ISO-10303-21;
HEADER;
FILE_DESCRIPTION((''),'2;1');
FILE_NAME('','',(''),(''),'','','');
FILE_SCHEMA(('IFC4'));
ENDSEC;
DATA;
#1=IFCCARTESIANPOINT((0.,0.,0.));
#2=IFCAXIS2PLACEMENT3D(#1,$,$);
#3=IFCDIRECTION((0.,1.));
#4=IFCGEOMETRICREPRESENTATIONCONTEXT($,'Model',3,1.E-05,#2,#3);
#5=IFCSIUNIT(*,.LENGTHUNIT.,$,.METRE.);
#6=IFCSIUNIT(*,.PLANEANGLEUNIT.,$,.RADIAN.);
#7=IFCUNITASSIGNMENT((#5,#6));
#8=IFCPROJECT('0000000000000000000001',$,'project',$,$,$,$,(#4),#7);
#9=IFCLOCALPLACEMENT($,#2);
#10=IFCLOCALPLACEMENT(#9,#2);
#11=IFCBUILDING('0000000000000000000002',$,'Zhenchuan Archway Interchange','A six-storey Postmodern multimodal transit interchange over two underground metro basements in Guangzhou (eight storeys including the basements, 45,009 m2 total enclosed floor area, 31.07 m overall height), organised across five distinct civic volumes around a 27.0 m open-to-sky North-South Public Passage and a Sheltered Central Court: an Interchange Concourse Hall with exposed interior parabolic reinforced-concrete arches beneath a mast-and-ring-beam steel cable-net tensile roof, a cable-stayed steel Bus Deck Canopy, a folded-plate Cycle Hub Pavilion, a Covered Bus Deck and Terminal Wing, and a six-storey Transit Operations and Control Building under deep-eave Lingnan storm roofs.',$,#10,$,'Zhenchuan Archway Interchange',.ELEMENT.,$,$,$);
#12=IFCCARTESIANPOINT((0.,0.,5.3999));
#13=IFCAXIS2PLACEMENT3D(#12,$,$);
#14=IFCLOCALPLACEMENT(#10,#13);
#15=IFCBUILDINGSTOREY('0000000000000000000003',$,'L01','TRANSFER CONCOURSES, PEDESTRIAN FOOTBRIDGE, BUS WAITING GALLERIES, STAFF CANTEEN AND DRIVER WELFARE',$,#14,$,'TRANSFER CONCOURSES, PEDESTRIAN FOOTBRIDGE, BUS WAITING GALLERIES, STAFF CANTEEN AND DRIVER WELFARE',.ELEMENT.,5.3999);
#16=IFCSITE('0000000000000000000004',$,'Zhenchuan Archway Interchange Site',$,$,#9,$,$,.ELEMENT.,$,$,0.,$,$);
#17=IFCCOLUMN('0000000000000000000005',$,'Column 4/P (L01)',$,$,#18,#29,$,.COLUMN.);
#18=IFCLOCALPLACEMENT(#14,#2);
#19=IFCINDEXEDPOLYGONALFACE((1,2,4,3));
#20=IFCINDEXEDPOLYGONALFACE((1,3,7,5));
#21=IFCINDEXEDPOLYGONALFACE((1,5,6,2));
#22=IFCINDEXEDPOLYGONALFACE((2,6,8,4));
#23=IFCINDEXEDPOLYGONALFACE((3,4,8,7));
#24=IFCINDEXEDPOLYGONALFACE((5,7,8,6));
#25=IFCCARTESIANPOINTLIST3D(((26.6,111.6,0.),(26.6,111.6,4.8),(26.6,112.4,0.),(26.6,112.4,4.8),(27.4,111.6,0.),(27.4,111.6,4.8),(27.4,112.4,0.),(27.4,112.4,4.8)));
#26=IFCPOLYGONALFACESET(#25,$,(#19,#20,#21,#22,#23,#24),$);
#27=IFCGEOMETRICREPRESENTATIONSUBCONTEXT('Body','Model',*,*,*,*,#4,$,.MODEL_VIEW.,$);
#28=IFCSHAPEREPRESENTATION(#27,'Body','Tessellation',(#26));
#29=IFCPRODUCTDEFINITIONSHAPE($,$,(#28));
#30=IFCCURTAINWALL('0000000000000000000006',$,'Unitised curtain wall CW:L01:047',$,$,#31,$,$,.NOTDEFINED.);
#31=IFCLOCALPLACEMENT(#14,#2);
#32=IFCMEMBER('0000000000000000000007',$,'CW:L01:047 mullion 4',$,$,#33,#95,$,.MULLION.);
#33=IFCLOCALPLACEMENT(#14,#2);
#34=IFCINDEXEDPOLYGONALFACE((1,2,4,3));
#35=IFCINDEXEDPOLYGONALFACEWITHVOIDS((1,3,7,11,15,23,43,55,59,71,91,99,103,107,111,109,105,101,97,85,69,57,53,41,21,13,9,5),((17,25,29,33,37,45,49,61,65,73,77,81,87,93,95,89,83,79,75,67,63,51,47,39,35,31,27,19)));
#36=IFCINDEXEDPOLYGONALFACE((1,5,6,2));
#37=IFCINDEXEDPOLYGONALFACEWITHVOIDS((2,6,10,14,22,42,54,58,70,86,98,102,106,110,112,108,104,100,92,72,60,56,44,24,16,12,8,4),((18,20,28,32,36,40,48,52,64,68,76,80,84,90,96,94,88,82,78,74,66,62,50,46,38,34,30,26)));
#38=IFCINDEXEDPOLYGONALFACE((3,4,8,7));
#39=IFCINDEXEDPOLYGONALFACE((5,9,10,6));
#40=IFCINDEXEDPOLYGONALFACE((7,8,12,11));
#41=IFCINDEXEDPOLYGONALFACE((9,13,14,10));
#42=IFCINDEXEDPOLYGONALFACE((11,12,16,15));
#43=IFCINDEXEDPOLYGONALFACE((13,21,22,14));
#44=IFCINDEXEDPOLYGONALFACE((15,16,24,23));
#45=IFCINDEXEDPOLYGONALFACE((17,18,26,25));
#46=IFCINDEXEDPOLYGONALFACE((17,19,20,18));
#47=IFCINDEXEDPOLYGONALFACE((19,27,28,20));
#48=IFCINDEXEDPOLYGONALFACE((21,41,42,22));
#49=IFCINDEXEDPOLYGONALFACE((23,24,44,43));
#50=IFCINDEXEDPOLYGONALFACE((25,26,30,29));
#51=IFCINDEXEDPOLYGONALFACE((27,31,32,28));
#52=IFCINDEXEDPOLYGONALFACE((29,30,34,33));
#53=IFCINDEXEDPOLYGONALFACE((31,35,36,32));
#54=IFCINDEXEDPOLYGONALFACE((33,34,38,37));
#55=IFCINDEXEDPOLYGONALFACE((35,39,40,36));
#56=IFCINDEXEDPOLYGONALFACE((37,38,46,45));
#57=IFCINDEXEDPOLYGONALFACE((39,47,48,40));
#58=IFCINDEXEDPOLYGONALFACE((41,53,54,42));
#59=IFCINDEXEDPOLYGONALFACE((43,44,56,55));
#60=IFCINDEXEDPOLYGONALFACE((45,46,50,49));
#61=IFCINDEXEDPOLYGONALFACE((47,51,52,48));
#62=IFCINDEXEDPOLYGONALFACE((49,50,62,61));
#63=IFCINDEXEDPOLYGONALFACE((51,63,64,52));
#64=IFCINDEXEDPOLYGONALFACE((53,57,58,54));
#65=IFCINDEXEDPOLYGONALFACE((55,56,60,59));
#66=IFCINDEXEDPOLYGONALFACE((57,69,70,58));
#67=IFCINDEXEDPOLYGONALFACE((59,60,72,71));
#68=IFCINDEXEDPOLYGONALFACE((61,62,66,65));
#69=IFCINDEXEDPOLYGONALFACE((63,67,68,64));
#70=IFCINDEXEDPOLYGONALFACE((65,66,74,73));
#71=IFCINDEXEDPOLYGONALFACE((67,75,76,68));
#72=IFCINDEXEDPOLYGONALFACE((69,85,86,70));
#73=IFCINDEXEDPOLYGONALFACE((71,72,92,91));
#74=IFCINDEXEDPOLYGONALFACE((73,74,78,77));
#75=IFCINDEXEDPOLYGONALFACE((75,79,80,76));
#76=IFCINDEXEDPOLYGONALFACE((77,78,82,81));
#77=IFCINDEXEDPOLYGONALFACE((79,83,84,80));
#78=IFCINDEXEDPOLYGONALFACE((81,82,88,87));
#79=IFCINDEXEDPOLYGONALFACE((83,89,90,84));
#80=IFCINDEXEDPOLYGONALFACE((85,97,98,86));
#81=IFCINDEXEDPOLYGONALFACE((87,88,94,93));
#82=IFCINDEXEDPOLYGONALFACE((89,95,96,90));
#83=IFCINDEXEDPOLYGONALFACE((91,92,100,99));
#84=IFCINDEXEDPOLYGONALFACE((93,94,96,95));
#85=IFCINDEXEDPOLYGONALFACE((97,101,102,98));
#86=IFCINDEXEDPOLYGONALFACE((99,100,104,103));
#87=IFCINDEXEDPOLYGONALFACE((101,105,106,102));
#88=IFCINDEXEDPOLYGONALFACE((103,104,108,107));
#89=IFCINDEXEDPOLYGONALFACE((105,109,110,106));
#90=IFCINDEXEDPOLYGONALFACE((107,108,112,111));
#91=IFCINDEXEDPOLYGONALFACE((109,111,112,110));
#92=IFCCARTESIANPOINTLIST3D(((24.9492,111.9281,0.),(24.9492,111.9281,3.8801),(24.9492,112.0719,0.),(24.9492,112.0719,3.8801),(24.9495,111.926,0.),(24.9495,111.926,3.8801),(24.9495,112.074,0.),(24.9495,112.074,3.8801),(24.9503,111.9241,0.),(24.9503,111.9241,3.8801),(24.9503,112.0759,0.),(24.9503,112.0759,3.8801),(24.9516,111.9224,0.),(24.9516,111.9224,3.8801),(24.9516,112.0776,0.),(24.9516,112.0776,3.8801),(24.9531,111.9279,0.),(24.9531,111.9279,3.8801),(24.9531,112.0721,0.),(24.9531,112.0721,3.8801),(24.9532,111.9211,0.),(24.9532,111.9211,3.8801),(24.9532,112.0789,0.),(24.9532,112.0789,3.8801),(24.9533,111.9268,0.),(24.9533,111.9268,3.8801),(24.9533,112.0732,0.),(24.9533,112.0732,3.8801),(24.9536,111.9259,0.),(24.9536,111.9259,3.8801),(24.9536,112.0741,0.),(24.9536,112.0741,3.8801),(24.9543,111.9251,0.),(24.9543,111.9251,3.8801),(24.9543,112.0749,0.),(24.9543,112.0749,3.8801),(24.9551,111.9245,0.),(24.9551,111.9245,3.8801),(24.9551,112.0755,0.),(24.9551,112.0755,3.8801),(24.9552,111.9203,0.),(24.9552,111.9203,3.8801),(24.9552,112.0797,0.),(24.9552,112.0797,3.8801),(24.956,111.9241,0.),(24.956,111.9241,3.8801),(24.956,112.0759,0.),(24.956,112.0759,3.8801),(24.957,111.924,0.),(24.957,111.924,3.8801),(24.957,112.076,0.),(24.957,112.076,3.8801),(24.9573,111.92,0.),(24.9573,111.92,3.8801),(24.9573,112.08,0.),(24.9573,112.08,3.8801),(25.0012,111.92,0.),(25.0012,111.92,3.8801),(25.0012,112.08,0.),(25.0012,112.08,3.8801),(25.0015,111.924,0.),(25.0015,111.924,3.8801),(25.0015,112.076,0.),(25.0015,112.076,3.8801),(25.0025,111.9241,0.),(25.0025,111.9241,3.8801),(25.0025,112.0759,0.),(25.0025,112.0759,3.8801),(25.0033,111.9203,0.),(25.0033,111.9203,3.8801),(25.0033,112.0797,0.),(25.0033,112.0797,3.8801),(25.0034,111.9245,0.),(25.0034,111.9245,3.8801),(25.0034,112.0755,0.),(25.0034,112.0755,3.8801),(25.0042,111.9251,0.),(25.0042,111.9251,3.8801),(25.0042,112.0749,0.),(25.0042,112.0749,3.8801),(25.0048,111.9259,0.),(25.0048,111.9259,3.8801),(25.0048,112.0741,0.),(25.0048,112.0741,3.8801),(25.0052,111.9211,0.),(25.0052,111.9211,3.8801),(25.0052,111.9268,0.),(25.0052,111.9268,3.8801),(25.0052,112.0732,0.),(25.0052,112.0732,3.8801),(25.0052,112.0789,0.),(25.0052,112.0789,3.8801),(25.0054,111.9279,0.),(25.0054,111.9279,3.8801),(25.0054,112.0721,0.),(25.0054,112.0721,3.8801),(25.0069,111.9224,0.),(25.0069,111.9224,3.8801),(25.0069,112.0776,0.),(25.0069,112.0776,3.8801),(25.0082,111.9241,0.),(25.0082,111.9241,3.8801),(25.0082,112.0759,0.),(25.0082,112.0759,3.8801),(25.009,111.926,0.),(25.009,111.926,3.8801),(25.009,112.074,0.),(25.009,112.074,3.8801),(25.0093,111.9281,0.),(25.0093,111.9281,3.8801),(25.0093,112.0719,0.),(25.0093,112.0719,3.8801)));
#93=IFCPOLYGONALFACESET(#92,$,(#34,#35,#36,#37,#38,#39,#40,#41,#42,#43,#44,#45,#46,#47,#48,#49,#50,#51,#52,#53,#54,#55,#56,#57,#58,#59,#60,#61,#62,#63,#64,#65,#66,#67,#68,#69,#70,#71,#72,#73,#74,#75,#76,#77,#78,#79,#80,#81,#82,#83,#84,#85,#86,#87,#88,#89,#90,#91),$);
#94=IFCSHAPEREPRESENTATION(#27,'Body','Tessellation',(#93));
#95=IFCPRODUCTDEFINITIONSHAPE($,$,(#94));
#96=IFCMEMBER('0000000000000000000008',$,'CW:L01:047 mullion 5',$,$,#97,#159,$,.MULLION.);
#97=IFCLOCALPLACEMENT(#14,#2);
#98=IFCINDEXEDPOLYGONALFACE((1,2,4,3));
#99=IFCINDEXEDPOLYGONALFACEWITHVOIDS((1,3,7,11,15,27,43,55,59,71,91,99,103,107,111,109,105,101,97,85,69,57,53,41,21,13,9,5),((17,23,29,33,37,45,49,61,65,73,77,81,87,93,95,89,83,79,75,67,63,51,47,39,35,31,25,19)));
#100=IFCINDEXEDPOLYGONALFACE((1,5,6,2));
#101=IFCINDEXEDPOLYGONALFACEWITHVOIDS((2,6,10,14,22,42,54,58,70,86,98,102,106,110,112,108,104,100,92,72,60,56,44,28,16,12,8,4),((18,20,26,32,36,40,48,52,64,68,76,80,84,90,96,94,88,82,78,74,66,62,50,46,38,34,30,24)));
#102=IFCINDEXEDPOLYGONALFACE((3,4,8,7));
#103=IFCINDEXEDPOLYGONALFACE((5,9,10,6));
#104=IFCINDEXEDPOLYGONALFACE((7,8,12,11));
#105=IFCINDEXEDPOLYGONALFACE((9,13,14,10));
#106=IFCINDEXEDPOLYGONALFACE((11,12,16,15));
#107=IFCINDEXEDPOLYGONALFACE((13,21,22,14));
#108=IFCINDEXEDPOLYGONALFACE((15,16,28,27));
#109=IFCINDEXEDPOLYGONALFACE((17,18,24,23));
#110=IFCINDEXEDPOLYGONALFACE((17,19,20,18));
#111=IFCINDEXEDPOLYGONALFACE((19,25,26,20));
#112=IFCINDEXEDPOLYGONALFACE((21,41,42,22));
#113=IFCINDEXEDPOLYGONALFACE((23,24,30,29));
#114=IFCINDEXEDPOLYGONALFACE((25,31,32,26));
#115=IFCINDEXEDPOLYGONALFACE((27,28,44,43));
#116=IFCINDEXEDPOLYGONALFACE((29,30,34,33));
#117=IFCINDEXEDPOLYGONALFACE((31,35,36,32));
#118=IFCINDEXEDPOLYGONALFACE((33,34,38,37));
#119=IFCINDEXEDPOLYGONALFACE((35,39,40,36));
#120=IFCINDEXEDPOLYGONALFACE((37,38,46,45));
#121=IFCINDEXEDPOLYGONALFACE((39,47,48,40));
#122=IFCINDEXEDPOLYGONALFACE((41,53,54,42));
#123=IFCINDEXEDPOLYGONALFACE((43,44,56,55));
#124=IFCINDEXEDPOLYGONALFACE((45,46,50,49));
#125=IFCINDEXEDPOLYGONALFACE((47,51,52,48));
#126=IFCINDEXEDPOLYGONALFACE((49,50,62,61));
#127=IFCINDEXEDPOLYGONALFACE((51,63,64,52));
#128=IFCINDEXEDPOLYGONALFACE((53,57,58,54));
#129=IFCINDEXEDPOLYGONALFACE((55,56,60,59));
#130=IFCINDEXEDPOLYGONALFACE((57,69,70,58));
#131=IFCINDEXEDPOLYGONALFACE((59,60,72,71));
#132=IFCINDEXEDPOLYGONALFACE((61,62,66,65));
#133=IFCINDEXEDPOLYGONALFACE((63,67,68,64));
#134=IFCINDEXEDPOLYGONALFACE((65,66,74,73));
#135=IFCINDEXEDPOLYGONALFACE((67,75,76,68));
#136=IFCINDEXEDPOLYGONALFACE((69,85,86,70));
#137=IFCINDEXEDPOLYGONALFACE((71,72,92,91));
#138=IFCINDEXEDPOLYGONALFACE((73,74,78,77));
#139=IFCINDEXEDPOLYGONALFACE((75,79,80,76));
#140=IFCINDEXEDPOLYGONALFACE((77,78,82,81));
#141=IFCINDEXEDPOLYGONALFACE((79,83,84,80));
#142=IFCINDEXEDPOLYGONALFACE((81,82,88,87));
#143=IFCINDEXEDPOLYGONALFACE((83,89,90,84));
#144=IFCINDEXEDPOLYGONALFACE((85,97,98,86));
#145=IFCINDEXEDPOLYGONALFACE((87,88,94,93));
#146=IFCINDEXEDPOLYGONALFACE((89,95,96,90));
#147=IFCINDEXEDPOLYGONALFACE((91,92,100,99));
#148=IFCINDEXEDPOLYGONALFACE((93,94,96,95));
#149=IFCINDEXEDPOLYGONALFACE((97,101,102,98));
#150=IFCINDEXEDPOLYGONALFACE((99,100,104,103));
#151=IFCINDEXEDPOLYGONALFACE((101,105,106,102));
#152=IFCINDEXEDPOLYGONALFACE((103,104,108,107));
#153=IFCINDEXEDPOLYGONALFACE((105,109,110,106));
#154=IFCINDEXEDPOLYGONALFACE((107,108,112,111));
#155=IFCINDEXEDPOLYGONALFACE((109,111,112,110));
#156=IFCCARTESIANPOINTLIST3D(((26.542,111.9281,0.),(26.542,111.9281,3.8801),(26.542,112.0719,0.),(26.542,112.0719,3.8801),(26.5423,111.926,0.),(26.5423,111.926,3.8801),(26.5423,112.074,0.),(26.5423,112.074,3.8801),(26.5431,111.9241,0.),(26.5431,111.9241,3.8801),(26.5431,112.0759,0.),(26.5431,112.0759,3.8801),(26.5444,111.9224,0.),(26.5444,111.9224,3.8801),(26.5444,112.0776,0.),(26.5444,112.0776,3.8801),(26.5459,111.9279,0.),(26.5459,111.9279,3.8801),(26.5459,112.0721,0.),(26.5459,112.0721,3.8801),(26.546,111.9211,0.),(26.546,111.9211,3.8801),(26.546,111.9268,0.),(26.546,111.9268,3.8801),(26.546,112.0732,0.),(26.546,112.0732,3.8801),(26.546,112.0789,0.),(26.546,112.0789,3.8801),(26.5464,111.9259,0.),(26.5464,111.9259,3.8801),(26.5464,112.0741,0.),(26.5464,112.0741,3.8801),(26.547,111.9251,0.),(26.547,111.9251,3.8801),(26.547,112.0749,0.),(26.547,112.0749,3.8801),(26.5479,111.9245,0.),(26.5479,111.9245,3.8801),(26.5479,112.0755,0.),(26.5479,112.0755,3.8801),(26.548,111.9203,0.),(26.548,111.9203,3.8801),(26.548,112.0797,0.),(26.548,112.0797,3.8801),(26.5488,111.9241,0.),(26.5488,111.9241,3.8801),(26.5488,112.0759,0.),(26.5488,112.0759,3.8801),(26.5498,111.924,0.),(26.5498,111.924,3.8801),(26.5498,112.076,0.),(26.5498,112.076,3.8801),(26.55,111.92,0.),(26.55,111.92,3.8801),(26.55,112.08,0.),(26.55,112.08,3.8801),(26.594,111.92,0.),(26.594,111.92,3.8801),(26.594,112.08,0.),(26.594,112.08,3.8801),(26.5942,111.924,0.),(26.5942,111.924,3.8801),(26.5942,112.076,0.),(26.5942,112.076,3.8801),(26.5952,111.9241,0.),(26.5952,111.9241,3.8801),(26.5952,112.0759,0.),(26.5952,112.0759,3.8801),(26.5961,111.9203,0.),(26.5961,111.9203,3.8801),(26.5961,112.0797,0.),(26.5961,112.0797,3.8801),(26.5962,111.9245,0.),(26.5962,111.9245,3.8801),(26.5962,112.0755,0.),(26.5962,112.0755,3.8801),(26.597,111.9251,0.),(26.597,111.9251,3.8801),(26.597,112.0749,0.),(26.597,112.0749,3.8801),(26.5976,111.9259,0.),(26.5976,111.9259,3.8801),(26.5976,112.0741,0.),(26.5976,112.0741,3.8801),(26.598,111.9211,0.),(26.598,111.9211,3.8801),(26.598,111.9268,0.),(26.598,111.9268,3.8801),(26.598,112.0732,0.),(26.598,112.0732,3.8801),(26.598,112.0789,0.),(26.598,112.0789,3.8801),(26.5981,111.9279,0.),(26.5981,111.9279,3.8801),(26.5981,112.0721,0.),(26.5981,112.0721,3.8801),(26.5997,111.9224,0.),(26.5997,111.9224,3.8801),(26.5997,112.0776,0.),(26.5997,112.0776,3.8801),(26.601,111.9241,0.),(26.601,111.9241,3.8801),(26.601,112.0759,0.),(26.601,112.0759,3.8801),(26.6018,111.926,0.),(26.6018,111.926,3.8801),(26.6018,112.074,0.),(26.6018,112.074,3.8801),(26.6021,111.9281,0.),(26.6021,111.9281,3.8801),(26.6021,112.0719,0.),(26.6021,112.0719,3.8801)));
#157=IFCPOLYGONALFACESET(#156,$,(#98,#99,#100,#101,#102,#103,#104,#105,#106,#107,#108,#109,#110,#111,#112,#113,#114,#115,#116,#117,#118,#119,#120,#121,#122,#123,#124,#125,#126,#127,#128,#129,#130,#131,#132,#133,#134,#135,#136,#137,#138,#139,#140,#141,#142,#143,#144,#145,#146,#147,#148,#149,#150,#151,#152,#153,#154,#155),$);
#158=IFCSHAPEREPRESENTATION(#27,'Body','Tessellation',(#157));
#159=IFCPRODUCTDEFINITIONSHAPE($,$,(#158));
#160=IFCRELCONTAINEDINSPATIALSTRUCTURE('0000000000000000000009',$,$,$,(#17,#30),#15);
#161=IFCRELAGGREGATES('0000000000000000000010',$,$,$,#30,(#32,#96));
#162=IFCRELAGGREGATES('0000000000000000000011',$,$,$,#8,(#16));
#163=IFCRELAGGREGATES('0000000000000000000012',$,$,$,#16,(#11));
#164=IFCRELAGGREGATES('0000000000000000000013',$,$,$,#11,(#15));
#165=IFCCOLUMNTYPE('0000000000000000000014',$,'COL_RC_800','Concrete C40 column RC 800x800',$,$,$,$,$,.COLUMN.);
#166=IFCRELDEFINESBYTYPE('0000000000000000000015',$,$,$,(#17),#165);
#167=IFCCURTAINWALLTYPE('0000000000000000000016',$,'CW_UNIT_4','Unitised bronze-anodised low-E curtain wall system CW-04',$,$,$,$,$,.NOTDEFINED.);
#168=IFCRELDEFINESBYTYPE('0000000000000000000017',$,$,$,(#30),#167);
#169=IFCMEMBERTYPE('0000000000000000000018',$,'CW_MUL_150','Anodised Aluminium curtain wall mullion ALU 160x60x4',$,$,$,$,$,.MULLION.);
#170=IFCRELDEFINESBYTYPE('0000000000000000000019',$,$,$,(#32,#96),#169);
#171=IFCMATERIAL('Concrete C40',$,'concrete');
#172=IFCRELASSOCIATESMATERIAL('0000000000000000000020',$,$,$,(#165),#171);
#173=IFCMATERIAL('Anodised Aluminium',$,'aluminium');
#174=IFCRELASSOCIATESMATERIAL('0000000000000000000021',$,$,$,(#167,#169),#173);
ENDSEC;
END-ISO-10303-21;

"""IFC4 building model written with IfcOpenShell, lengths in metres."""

from ifc_helpers import new_model, si_unit, direction, frame, origin, origin_2d, place, context, subcontext, project, spatial, rectangle, hollow_rectangle, extrude, material, material_profile, profile_set, type_object, element, aggregate, save


model = new_model("IFC4")

# Units and contexts
model_context = context("Model", 3, precision=1e-05, world=origin(), true_north=direction((0.0, 1.0)))
body_context = subcontext(model_context, "Body", "Model", "MODEL_VIEW")
ifc_project = project(units=[si_unit("LENGTHUNIT", "METRE"), si_unit("PLANEANGLEUNIT", "RADIAN")], contexts=[model_context])

# Site, building, storey
site_placement = place(None, origin())
site = spatial("IfcSite", under=ifc_project, at=site_placement, Name="Zhenchuan Archway Interchange Site", CompositionType="ELEMENT", RefElevation=0.0)
building_placement = place(site_placement, origin())
building = spatial("IfcBuilding", under=site, at=building_placement, Name="Zhenchuan Archway Interchange", Description="A six-storey Postmodern multimodal transit interchange over two underground metro basements in Guangzhou (eight storeys including the basements, 45,009 m2 total enclosed floor area, 31.07 m overall height), organised across five distinct civic volumes around a 27.0 m open-to-sky North-South Public Passage and a Sheltered Central Court: an Interchange Concourse Hall with exposed interior parabolic reinforced-concrete arches beneath a mast-and-ring-beam steel cable-net tensile roof, a cable-stayed steel Bus Deck Canopy, a folded-plate Cycle Hub Pavilion, a Covered Bus Deck and Terminal Wing, and a six-storey Transit Operations and Control Building under deep-eave Lingnan storm roofs.", LongName="Zhenchuan Archway Interchange", CompositionType="ELEMENT")
storey_placement = place(building_placement, frame((0.0, 0.0, 5.3999)))
storey = spatial("IfcBuildingStorey", under=building, at=storey_placement, Name="L01", Description="TRANSFER CONCOURSES, PEDESTRIAN FOOTBRIDGE, BUS WAITING GALLERIES, STAFF CANTEEN AND DRIVER WELFARE", LongName="TRANSFER CONCOURSES, PEDESTRIAN FOOTBRIDGE, BUS WAITING GALLERIES, STAFF CANTEEN AND DRIVER WELFARE", CompositionType="ELEMENT", Elevation=5.3999)

# Column
ifc_material_1 = material(Name="Concrete C40", Category="concrete")
ifc_material_profile_1 = material_profile(ifc_material_1, rectangle(XDim=0.8, YDim=0.8, at=origin_2d()), Name="RC 800x800")
ifc_profile_set_1 = profile_set([ifc_material_profile_1], Name="Concrete C40")
column_type = type_object("IfcColumnType", Name="COL_RC_800", Description="Concrete C40 column RC 800x800", PredefinedType="COLUMN", material=ifc_profile_set_1)
column_placement = place(storey_placement, frame((27.0, 112.0, 0.0), z_axis=(0.0, 0.0, 1.0), x_axis=(1.0, 0.0, 0.0)))
element("IfcColumn", 1, at=column_placement, inside=storey, type_object=column_type, Name="Column 4/P (L01)", PredefinedType="COLUMN", context=body_context, shape_type="SweptSolid", body=[
    extrude(rectangle(XDim=0.8, YDim=0.8, at=origin_2d()), origin(), (0.0, 0.0, 1.0), 4.8),
])

# Curtain wall, members
ifc_material_2 = material(Name="Anodised Aluminium", Category="aluminium")
curtain_wall_type_1 = type_object("IfcCurtainWallType", Name="CW_UNIT_4", Description="Unitised bronze-anodised low-E curtain wall system CW-04", PredefinedType="NOTDEFINED", material=ifc_material_2)
curtain_wall_1_placement = place(storey_placement, origin())
curtain_wall_1 = element("IfcCurtainWall", 2, at=curtain_wall_1_placement, inside=storey, type_object=curtain_wall_type_1, Name="Unitised curtain wall CW:L01:047", PredefinedType="NOTDEFINED")
ifc_material_profile_2 = material_profile(ifc_material_2, hollow_rectangle(XDim=0.0601, YDim=0.1599, WallThickness=0.0039, InnerFilletRadius=0.0039, OuterFilletRadius=0.0081, at=origin_2d()), Name="ALU 160x60x4")
ifc_profile_set_2 = profile_set([ifc_material_profile_2], Name="Anodised Aluminium")
member_type_1 = type_object("IfcMemberType", Name="CW_MUL_150", Description="Anodised Aluminium curtain wall mullion ALU 160x60x4", PredefinedType="MULLION", material=ifc_profile_set_2)
member_1_placement = place(storey_placement, frame((24.9792, 112.0, 0.0), z_axis=(0.0, 0.0, 1.0), x_axis=(1.0, 0.0, 0.0)))
member_1 = element("IfcMember", 3, at=member_1_placement, type_object=member_type_1, Name="CW:L01:047 mullion 4", PredefinedType="MULLION", context=body_context, shape_type="SweptSolid", body=[
    extrude(hollow_rectangle(XDim=0.0601, YDim=0.1599, WallThickness=0.0039, InnerFilletRadius=0.0039, OuterFilletRadius=0.0081, at=origin_2d()), origin(), (0.0, 0.0, 1.0), 3.8801),
])
member_2_placement = place(storey_placement, frame((26.572, 112.0, 0.0), z_axis=(0.0, 0.0, 1.0), x_axis=(1.0, 0.0, 0.0)))
member_2 = element("IfcMember", 4, at=member_2_placement, type_object=member_type_1, Name="CW:L01:047 mullion 5", PredefinedType="MULLION", context=body_context, shape_type="SweptSolid", body=[
    extrude(hollow_rectangle(XDim=0.0601, YDim=0.1599, WallThickness=0.0039, InnerFilletRadius=0.0039, OuterFilletRadius=0.0081, at=origin_2d()), origin(), (0.0, 0.0, 1.0), 3.8801),
])

aggregate(curtain_wall_1, [member_1, member_2])

save(model, "model.ifc")
